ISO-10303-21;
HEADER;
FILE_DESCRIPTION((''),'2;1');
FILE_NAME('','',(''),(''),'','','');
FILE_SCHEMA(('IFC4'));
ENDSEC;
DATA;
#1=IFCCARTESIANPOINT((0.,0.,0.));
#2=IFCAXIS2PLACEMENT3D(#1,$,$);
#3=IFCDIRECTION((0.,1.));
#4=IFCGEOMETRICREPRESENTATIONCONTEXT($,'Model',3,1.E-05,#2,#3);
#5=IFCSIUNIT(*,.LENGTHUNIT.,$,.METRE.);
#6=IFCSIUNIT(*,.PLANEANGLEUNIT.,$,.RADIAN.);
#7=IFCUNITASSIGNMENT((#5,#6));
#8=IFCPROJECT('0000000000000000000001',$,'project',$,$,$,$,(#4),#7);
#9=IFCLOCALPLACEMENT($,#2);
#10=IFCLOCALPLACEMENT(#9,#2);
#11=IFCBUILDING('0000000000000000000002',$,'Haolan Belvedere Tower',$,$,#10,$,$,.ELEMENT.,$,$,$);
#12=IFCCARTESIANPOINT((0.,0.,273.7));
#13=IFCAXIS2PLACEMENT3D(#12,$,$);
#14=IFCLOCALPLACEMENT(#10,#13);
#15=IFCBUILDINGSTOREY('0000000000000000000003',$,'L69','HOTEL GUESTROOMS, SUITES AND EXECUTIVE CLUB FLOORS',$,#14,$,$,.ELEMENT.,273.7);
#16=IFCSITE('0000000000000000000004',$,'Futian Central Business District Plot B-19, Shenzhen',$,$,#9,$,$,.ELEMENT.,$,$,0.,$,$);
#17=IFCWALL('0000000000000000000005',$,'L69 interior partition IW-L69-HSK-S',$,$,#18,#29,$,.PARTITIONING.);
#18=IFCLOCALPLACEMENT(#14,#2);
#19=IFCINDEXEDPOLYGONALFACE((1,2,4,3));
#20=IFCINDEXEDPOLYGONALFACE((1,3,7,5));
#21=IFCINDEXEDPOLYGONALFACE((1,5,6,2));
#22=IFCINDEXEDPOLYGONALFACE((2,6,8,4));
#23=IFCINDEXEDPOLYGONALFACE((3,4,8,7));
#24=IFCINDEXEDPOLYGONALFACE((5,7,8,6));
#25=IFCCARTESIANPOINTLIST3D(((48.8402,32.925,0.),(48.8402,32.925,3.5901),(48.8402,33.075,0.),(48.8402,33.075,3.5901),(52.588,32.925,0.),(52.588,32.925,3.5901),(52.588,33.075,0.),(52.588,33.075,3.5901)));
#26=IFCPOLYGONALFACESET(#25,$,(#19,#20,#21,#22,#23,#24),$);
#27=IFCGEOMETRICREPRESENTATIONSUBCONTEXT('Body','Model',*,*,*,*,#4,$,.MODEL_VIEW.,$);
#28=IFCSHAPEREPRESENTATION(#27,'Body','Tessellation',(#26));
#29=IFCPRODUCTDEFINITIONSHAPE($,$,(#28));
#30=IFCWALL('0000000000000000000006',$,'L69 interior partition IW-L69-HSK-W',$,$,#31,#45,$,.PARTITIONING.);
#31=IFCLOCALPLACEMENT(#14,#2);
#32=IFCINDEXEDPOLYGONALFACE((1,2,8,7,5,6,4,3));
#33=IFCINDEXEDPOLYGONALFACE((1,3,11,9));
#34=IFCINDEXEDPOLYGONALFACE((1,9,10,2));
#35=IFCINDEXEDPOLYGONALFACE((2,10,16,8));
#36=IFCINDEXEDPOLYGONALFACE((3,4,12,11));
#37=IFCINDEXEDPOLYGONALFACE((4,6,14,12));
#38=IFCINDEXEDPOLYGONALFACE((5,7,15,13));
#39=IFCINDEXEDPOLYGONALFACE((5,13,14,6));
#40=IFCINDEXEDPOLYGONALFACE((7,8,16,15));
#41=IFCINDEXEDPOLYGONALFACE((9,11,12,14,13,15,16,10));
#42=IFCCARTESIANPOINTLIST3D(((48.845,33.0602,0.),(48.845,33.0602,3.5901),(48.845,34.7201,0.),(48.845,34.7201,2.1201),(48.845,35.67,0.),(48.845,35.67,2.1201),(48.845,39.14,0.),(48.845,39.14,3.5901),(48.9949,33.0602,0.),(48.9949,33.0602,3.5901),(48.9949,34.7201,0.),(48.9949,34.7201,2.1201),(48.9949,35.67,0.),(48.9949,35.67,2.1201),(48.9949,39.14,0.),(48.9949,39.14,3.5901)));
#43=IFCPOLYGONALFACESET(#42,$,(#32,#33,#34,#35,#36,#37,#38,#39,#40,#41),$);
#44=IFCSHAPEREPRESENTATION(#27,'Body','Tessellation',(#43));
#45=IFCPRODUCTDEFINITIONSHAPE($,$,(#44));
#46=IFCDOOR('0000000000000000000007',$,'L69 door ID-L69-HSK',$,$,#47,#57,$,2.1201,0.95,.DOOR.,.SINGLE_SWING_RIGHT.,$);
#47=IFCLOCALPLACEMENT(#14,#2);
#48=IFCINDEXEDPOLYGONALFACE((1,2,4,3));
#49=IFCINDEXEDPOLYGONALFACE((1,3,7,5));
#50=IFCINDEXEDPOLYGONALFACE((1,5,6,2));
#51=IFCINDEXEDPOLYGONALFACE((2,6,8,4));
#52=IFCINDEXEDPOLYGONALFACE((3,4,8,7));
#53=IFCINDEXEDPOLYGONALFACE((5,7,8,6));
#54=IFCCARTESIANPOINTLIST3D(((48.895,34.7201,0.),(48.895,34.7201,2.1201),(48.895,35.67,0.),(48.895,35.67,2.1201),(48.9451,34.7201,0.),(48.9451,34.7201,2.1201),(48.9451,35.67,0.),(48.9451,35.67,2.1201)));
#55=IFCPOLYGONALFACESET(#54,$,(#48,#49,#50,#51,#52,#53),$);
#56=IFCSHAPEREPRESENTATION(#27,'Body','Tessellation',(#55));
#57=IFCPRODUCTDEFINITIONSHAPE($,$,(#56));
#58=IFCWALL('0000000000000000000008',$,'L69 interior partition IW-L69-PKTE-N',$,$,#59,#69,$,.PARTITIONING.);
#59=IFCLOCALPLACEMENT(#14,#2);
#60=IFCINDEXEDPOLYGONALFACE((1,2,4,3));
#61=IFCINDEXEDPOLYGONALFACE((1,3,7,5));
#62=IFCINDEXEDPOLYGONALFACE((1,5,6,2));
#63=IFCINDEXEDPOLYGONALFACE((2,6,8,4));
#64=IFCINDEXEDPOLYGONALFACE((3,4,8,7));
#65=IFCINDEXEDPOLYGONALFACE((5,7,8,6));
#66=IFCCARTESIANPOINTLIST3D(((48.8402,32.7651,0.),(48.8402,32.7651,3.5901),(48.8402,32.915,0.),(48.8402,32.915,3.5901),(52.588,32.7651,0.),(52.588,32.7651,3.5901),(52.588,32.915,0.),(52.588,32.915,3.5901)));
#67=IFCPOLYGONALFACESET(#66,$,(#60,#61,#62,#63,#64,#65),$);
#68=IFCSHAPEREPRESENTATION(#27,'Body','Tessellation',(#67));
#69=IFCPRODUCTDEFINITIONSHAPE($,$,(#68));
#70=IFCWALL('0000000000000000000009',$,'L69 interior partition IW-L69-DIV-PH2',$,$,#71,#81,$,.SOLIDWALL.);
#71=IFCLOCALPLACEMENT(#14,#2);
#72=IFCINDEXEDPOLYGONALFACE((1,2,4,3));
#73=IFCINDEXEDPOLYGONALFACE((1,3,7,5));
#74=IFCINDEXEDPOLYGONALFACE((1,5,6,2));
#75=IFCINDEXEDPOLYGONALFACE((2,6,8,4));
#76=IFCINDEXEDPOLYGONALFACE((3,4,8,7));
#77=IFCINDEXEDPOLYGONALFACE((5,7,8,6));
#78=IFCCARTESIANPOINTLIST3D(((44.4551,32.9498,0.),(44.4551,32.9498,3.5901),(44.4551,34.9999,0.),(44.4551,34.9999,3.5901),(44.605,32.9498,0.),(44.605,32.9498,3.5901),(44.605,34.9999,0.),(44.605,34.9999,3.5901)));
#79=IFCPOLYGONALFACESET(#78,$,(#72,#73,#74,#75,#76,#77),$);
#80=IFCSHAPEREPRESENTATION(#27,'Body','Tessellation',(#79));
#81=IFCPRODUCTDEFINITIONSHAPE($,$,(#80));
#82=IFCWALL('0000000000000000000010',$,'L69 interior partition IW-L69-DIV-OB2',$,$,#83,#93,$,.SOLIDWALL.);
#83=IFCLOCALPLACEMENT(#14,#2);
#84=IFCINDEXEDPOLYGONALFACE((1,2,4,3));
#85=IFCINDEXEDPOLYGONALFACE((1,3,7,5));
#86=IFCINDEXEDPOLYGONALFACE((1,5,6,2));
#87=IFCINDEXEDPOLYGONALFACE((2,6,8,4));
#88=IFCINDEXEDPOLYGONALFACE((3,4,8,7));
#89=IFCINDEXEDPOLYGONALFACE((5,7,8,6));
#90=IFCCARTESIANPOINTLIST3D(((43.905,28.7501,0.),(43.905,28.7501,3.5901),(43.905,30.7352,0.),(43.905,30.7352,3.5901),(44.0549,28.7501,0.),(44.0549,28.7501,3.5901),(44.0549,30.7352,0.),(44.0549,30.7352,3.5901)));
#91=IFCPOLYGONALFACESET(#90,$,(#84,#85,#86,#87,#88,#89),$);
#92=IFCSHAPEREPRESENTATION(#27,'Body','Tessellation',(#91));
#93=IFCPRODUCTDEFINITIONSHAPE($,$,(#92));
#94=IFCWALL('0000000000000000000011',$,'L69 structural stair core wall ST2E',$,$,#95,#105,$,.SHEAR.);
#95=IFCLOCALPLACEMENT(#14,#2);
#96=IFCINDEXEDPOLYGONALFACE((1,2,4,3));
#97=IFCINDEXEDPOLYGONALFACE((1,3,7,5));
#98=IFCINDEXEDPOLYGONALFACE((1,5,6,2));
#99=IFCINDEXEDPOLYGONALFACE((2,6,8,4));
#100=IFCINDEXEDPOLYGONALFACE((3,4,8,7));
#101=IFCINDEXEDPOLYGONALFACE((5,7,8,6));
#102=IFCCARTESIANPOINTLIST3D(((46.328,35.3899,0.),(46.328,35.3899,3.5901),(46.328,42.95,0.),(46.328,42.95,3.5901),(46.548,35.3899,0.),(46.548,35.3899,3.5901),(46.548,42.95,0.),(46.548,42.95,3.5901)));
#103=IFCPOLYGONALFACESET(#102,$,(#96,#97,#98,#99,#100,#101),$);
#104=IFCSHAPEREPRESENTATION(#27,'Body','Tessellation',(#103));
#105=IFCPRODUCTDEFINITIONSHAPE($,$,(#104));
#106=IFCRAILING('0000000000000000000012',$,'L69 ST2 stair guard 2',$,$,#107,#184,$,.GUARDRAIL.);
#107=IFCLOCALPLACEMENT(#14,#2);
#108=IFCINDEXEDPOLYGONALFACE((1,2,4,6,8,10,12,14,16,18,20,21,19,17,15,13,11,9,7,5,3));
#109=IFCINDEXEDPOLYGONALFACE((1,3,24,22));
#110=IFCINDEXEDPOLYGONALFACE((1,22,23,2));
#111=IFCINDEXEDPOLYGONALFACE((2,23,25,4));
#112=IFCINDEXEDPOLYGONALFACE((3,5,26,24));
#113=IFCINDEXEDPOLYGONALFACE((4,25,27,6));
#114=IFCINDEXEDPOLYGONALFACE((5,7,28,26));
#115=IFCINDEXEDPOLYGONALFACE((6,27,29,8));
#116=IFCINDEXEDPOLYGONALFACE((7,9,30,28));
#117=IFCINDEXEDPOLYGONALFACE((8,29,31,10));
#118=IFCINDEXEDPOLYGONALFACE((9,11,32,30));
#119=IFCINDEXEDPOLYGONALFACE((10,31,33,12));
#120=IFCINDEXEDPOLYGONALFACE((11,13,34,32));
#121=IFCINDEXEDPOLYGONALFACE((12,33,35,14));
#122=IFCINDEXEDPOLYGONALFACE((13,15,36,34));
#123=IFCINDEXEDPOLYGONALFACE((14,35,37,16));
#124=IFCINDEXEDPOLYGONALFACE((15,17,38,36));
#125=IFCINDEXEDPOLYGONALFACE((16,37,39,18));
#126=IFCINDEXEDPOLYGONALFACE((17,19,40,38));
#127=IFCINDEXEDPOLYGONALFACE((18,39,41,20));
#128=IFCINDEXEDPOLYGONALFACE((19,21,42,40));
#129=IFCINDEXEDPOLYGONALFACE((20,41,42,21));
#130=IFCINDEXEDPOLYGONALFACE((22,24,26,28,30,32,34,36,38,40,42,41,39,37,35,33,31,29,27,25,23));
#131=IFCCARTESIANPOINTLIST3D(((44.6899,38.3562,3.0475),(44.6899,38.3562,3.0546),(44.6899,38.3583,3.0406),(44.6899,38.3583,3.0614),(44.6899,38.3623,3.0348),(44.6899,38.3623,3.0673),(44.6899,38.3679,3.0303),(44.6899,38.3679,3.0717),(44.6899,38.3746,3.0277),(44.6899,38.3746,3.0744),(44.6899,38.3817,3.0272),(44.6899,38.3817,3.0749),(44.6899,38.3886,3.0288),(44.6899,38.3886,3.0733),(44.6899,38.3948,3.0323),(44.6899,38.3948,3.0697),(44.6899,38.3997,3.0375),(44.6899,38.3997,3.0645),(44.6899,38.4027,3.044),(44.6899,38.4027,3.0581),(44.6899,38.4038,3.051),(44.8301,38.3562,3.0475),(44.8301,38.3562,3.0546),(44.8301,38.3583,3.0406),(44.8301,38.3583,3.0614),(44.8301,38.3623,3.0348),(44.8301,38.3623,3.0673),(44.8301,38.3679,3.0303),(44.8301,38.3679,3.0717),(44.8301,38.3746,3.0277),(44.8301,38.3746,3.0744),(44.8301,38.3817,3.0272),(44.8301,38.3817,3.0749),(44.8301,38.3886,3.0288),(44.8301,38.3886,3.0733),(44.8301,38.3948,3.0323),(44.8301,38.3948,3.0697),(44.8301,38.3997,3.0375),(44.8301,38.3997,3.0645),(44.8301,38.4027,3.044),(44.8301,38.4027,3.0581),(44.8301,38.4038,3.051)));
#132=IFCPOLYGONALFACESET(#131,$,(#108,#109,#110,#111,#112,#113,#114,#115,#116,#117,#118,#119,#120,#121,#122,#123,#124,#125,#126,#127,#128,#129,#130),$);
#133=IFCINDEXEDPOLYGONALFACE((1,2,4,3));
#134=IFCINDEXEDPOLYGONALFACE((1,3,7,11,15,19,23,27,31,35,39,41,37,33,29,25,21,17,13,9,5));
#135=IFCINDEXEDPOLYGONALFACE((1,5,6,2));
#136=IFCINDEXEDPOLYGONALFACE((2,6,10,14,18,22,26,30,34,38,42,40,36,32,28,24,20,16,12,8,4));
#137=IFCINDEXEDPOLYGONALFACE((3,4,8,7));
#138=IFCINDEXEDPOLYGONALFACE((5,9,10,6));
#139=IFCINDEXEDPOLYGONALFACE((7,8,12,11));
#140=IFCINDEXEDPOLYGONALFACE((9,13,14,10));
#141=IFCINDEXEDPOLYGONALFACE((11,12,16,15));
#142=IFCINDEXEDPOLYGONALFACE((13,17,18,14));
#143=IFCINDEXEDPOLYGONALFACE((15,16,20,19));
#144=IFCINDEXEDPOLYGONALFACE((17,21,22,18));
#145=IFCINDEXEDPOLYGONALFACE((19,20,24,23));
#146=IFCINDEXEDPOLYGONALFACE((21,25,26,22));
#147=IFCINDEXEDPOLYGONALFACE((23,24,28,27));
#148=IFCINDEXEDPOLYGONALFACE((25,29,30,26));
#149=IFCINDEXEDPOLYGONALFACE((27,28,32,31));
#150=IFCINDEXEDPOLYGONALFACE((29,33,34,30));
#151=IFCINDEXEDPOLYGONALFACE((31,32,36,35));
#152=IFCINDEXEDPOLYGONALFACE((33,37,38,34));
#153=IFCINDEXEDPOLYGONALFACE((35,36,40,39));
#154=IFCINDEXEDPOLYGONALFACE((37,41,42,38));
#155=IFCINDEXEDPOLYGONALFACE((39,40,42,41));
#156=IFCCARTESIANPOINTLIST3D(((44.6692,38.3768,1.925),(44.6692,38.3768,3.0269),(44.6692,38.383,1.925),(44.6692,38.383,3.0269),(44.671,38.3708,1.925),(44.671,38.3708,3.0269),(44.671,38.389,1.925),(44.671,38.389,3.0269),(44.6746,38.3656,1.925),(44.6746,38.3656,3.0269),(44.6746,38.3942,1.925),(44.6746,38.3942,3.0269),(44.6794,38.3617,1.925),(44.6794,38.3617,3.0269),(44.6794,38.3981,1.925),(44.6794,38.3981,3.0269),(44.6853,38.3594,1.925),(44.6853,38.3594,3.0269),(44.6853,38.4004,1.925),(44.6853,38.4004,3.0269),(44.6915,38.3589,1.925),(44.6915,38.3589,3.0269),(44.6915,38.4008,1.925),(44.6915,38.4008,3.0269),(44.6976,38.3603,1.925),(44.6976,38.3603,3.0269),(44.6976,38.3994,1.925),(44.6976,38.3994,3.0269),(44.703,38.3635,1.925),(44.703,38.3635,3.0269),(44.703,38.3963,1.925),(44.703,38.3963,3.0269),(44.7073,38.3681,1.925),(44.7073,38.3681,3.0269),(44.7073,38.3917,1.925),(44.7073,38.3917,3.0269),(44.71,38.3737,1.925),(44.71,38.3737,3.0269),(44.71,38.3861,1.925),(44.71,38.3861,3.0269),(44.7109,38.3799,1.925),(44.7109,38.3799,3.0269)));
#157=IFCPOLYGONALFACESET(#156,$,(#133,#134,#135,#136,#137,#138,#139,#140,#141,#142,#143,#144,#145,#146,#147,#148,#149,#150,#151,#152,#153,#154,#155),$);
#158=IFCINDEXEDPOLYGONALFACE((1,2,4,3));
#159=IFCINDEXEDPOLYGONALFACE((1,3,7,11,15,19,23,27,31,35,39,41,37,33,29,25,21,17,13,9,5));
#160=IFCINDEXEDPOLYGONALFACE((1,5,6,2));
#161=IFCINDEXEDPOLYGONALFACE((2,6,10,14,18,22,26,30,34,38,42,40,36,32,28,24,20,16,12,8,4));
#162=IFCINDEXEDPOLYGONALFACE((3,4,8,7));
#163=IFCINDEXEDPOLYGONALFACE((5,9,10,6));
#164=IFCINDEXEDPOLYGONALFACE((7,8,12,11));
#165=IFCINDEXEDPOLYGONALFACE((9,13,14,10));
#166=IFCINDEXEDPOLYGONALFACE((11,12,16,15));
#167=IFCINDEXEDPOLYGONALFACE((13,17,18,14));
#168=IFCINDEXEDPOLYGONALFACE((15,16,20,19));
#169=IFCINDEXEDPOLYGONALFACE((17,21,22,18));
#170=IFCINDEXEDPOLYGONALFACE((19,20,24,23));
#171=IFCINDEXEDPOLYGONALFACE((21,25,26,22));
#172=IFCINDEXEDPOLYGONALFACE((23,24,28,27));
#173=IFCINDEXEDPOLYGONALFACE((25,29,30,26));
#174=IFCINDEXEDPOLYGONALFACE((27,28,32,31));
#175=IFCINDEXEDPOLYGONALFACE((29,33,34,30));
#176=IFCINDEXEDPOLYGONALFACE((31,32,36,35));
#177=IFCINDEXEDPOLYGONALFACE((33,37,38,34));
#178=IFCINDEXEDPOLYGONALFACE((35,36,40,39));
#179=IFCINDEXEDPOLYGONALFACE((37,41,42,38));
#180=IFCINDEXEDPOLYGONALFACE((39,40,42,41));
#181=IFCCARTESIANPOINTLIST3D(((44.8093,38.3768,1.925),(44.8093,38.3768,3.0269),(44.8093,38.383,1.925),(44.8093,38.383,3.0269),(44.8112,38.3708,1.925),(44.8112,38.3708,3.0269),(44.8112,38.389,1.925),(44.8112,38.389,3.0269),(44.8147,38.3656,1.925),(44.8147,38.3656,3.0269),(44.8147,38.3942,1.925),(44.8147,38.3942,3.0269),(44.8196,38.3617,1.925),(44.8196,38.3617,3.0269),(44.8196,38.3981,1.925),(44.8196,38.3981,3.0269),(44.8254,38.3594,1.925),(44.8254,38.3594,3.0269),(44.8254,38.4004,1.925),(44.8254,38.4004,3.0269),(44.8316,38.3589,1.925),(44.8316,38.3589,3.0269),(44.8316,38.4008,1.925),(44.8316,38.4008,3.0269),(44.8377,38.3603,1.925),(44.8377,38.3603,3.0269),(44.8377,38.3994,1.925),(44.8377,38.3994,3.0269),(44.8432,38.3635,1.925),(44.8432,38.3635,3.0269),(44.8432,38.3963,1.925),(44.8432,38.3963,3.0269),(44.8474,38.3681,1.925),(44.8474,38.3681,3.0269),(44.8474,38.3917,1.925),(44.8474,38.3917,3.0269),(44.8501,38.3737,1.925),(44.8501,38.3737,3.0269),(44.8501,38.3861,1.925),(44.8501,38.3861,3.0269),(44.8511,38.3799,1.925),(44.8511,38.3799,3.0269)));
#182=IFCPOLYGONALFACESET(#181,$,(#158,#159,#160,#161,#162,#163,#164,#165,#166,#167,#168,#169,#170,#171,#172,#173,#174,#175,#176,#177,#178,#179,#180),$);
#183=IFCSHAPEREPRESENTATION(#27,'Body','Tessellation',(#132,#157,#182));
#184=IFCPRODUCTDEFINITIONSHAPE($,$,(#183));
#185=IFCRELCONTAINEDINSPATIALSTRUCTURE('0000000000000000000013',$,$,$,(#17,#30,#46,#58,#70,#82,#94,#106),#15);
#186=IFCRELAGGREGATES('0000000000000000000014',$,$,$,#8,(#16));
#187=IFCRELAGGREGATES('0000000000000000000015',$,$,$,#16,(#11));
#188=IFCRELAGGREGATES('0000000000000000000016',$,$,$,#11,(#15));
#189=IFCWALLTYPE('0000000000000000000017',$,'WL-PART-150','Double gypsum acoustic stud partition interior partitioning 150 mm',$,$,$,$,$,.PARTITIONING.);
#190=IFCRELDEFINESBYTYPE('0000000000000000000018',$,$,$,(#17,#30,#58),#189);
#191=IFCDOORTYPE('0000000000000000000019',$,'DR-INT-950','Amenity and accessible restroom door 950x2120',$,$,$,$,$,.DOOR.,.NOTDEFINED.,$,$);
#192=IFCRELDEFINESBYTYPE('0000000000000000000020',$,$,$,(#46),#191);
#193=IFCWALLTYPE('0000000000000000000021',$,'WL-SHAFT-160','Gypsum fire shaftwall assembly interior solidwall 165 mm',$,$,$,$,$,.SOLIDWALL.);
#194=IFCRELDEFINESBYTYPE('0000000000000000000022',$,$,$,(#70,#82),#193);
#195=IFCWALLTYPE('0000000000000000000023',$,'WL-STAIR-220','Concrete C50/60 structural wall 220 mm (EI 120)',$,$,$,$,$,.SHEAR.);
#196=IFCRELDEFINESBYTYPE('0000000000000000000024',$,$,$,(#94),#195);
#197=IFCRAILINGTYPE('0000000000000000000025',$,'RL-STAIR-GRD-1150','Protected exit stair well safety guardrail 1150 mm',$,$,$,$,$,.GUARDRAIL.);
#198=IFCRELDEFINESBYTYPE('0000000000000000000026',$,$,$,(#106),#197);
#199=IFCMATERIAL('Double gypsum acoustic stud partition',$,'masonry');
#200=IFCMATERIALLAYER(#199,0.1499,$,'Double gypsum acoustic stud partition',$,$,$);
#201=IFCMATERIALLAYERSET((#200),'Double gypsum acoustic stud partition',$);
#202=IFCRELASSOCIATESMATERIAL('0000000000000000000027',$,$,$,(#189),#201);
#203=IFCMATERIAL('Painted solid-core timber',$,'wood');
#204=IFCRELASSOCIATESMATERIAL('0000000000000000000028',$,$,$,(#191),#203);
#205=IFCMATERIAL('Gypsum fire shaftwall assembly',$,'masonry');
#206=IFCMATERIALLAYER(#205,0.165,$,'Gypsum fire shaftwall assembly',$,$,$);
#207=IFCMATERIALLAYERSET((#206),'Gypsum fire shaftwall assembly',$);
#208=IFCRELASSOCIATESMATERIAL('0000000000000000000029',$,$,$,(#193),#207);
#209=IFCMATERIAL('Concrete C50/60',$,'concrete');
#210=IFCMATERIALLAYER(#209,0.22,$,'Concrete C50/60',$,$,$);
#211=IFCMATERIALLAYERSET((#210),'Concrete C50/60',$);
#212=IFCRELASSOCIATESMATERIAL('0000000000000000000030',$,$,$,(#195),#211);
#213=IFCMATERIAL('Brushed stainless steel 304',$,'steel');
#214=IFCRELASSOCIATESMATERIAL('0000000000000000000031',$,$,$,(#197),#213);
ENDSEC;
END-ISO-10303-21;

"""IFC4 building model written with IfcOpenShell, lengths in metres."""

from ifc_helpers import new_model, si_unit, direction, frame, frame_2d, origin, origin_2d, place, context, subcontext, project, spatial, rectangle, circle, extrude, material, layer, layer_set, type_object, element, fill, save


model = new_model("IFC4")

# Units and contexts
model_context = context("Model", 3, precision=1e-05, world=origin(), true_north=direction((0.0, 1.0)))
body_context = subcontext(model_context, "Body", "Model", "MODEL_VIEW")
ifc_project = project(units=[si_unit("LENGTHUNIT", "METRE"), si_unit("PLANEANGLEUNIT", "RADIAN")], contexts=[model_context])

# Site, building, storey
site_placement = place(None, origin())
site = spatial("IfcSite", under=ifc_project, at=site_placement, Name="Futian Central Business District Plot B-19, Shenzhen", CompositionType="ELEMENT", RefElevation=0.0)
building_placement = place(site_placement, origin())
building = spatial("IfcBuilding", under=site, at=building_placement, Name="Haolan Belvedere Tower", CompositionType="ELEMENT")
storey_placement = place(building_placement, frame((0.0, 0.0, 273.7)))
storey = spatial("IfcBuildingStorey", under=building, at=storey_placement, Name="L69", Description="HOTEL GUESTROOMS, SUITES AND EXECUTIVE CLUB FLOORS", CompositionType="ELEMENT", Elevation=273.7)

# Shared definitions
ifc_material_1 = material(Name="Concrete C50/60", Category="concrete")

# Wall
ifc_material_2 = material(Name="Double gypsum acoustic stud partition", Category="masonry")
ifc_layer_1 = layer(ifc_material_2, 0.1499, Name="Double gypsum acoustic stud partition")
ifc_layer_set_1 = layer_set([ifc_layer_1], Name="Double gypsum acoustic stud partition")
wall_type_1 = type_object("IfcWallType", Name="WL-PART-150", Description="Double gypsum acoustic stud partition interior partitioning 150 mm", PredefinedType="PARTITIONING", material=ifc_layer_set_1)
wall_1_placement = place(storey_placement, frame((48.8401, 33.0, 0.0), z_axis=(0.0, 0.0, 1.0), x_axis=(1.0, 0.0, 0.0)))
element("IfcWall", 1, at=wall_1_placement, inside=storey, type_object=wall_type_1, Name="L69 interior partition IW-L69-HSK-S", PredefinedType="PARTITIONING", context=body_context, shape_type="SweptSolid", body=[
    extrude(rectangle(XDim=3.7478, YDim=0.1499, at=frame_2d((1.874, 0.0))), origin(), (0.0, 0.0, 1.0), 3.5901),
])

# Wall, opening, door
wall_2_placement = place(storey_placement, frame((48.9199, 33.0601, 0.0), z_axis=(0.0, 0.0, 1.0), x_axis=(0.0, 1.0, 0.0)))
wall_2 = element("IfcWall", 2, at=wall_2_placement, inside=storey, type_object=wall_type_1, Name="L69 interior partition IW-L69-HSK-W", PredefinedType="PARTITIONING", context=body_context, shape_type="SweptSolid", body=[
    extrude(rectangle(XDim=6.0798, YDim=0.1499, at=frame_2d((3.04, 0.0))), origin(), (0.0, 0.0, 1.0), 3.5901),
])
opening_1_placement = place(wall_2_placement, frame((1.6599, 0.0, 0.0)))
opening_1 = element("IfcOpeningElement", 3, at=opening_1_placement, cuts=wall_2, PredefinedType="OPENING", context=body_context, shape_type="SweptSolid", body=[
    extrude(rectangle(XDim=0.95, YDim=2.1201, at=frame_2d((0.4751, 1.0601))), frame((0.0, 0.085, 0.0), z_axis=(0.0, -1.0, 0.0), x_axis=(1.0, 0.0, 0.0)), (0.0, 0.0, 1.0), 0.1699),
])
ifc_material_3 = material(Name="Painted solid-core timber", Category="wood")
door_type = type_object("IfcDoorType", Name="DR-INT-950", Description="Amenity and accessible restroom door 950x2120", OperationType="NOTDEFINED", PredefinedType="DOOR", material=ifc_material_3)
door_placement = place(opening_1_placement, origin())
door = element("IfcDoor", 4, at=door_placement, inside=storey, type_object=door_type, Name="L69 door ID-L69-HSK", OperationType="SINGLE_SWING_RIGHT", OverallHeight=2.1201, OverallWidth=0.95, PredefinedType="DOOR", context=body_context, shape_type="SweptSolid", body=[
    extrude(rectangle(XDim=0.95, YDim=2.1201, at=frame_2d((0.4751, 1.0601))), frame((0.0, 0.0249, 0.0), z_axis=(0.0, -1.0, 0.0), x_axis=(1.0, 0.0, 0.0)), (0.0, 0.0, 1.0), 0.05),
])
fill(opening_1, door)

# Walls
wall_3_placement = place(storey_placement, frame((48.8401, 32.8401, 0.0), z_axis=(0.0, 0.0, 1.0), x_axis=(1.0, 0.0, 0.0)))
element("IfcWall", 5, at=wall_3_placement, inside=storey, type_object=wall_type_1, Name="L69 interior partition IW-L69-PKTE-N", PredefinedType="PARTITIONING", context=body_context, shape_type="SweptSolid", body=[
    extrude(rectangle(XDim=3.7478, YDim=0.1499, at=frame_2d((1.874, 0.0))), origin(), (0.0, 0.0, 1.0), 3.5901),
])
ifc_material_4 = material(Name="Gypsum fire shaftwall assembly", Category="masonry")
ifc_layer_2 = layer(ifc_material_4, 0.165, Name="Gypsum fire shaftwall assembly")
ifc_layer_set_2 = layer_set([ifc_layer_2], Name="Gypsum fire shaftwall assembly")
wall_type_2 = type_object("IfcWallType", Name="WL-SHAFT-160", Description="Gypsum fire shaftwall assembly interior solidwall 165 mm", PredefinedType="SOLIDWALL", material=ifc_layer_set_2)
wall_4_placement = place(storey_placement, frame((44.53, 32.95, 0.0), z_axis=(0.0, 0.0, 1.0), x_axis=(0.0, 1.0, 0.0)))
element("IfcWall", 6, at=wall_4_placement, inside=storey, type_object=wall_type_2, Name="L69 interior partition IW-L69-DIV-PH2", PredefinedType="SOLIDWALL", context=body_context, shape_type="SweptSolid", body=[
    extrude(rectangle(XDim=2.05, YDim=0.1499, at=frame_2d((1.0249, 0.0))), origin(), (0.0, 0.0, 1.0), 3.5901),
])
wall_5_placement = place(storey_placement, frame((43.98, 28.75, 0.0), z_axis=(0.0, 0.0, 1.0), x_axis=(0.0, 1.0, 0.0)))
element("IfcWall", 7, at=wall_5_placement, inside=storey, type_object=wall_type_2, Name="L69 interior partition IW-L69-DIV-OB2", PredefinedType="SOLIDWALL", context=body_context, shape_type="SweptSolid", body=[
    extrude(rectangle(XDim=1.9851, YDim=0.1499, at=frame_2d((0.9927, 0.0))), origin(), (0.0, 0.0, 1.0), 3.5901),
])
ifc_layer_3 = layer(ifc_material_1, 0.22, Name="Concrete C50/60")
ifc_layer_set_3 = layer_set([ifc_layer_3], Name="Concrete C50/60")
wall_type_3 = type_object("IfcWallType", Name="WL-STAIR-220", Description="Concrete C50/60 structural wall 220 mm (EI 120)", PredefinedType="SHEAR", material=ifc_layer_set_3)
wall_6_placement = place(storey_placement, frame((46.438, 35.3899, 0.0), z_axis=(0.0, 0.0, 1.0), x_axis=(0.0, 1.0, 0.0)))
element("IfcWall", 8, at=wall_6_placement, inside=storey, type_object=wall_type_3, Name="L69 structural stair core wall ST2E", PredefinedType="SHEAR", context=body_context, shape_type="SweptSolid", body=[
    extrude(rectangle(XDim=7.5601, YDim=0.22, at=frame_2d((3.78, 0.0))), origin(), (0.0, 0.0, 1.0), 3.5901),
])

# Railing
ifc_material_5 = material(Name="Brushed stainless steel 304", Category="steel")
railing_type = type_object("IfcRailingType", Name="RL-STAIR-GRD-1150", Description="Protected exit stair well safety guardrail 1150 mm", PredefinedType="GUARDRAIL", material=ifc_material_5)
railing_1_placement = place(storey_placement, frame((44.6899, 38.3799, 1.925)))
element("IfcRailing", 9, at=railing_1_placement, inside=storey, type_object=railing_type, Name="L69 ST2 stair guard 2", PredefinedType="GUARDRAIL", context=body_context, shape_type="SweptSolid", body=[
    extrude(circle(Radius=0.0239, at=origin_2d()), frame((0.0, 0.0, 1.126), z_axis=(1.0, 0.0, 0.0), x_axis=(0.0, 1.0, 0.0)), (0.0, 0.0, 1.0), 0.1401),
    extrude(circle(Radius=0.021, at=origin_2d()), origin(), (0.0, 0.0, 1.0), 1.1018),
    extrude(circle(Radius=0.021, at=origin_2d()), frame((0.1401, 0.0, 0.0)), (0.0, 0.0, 1.0), 1.1018),
])

save(model, "model.ifc")
